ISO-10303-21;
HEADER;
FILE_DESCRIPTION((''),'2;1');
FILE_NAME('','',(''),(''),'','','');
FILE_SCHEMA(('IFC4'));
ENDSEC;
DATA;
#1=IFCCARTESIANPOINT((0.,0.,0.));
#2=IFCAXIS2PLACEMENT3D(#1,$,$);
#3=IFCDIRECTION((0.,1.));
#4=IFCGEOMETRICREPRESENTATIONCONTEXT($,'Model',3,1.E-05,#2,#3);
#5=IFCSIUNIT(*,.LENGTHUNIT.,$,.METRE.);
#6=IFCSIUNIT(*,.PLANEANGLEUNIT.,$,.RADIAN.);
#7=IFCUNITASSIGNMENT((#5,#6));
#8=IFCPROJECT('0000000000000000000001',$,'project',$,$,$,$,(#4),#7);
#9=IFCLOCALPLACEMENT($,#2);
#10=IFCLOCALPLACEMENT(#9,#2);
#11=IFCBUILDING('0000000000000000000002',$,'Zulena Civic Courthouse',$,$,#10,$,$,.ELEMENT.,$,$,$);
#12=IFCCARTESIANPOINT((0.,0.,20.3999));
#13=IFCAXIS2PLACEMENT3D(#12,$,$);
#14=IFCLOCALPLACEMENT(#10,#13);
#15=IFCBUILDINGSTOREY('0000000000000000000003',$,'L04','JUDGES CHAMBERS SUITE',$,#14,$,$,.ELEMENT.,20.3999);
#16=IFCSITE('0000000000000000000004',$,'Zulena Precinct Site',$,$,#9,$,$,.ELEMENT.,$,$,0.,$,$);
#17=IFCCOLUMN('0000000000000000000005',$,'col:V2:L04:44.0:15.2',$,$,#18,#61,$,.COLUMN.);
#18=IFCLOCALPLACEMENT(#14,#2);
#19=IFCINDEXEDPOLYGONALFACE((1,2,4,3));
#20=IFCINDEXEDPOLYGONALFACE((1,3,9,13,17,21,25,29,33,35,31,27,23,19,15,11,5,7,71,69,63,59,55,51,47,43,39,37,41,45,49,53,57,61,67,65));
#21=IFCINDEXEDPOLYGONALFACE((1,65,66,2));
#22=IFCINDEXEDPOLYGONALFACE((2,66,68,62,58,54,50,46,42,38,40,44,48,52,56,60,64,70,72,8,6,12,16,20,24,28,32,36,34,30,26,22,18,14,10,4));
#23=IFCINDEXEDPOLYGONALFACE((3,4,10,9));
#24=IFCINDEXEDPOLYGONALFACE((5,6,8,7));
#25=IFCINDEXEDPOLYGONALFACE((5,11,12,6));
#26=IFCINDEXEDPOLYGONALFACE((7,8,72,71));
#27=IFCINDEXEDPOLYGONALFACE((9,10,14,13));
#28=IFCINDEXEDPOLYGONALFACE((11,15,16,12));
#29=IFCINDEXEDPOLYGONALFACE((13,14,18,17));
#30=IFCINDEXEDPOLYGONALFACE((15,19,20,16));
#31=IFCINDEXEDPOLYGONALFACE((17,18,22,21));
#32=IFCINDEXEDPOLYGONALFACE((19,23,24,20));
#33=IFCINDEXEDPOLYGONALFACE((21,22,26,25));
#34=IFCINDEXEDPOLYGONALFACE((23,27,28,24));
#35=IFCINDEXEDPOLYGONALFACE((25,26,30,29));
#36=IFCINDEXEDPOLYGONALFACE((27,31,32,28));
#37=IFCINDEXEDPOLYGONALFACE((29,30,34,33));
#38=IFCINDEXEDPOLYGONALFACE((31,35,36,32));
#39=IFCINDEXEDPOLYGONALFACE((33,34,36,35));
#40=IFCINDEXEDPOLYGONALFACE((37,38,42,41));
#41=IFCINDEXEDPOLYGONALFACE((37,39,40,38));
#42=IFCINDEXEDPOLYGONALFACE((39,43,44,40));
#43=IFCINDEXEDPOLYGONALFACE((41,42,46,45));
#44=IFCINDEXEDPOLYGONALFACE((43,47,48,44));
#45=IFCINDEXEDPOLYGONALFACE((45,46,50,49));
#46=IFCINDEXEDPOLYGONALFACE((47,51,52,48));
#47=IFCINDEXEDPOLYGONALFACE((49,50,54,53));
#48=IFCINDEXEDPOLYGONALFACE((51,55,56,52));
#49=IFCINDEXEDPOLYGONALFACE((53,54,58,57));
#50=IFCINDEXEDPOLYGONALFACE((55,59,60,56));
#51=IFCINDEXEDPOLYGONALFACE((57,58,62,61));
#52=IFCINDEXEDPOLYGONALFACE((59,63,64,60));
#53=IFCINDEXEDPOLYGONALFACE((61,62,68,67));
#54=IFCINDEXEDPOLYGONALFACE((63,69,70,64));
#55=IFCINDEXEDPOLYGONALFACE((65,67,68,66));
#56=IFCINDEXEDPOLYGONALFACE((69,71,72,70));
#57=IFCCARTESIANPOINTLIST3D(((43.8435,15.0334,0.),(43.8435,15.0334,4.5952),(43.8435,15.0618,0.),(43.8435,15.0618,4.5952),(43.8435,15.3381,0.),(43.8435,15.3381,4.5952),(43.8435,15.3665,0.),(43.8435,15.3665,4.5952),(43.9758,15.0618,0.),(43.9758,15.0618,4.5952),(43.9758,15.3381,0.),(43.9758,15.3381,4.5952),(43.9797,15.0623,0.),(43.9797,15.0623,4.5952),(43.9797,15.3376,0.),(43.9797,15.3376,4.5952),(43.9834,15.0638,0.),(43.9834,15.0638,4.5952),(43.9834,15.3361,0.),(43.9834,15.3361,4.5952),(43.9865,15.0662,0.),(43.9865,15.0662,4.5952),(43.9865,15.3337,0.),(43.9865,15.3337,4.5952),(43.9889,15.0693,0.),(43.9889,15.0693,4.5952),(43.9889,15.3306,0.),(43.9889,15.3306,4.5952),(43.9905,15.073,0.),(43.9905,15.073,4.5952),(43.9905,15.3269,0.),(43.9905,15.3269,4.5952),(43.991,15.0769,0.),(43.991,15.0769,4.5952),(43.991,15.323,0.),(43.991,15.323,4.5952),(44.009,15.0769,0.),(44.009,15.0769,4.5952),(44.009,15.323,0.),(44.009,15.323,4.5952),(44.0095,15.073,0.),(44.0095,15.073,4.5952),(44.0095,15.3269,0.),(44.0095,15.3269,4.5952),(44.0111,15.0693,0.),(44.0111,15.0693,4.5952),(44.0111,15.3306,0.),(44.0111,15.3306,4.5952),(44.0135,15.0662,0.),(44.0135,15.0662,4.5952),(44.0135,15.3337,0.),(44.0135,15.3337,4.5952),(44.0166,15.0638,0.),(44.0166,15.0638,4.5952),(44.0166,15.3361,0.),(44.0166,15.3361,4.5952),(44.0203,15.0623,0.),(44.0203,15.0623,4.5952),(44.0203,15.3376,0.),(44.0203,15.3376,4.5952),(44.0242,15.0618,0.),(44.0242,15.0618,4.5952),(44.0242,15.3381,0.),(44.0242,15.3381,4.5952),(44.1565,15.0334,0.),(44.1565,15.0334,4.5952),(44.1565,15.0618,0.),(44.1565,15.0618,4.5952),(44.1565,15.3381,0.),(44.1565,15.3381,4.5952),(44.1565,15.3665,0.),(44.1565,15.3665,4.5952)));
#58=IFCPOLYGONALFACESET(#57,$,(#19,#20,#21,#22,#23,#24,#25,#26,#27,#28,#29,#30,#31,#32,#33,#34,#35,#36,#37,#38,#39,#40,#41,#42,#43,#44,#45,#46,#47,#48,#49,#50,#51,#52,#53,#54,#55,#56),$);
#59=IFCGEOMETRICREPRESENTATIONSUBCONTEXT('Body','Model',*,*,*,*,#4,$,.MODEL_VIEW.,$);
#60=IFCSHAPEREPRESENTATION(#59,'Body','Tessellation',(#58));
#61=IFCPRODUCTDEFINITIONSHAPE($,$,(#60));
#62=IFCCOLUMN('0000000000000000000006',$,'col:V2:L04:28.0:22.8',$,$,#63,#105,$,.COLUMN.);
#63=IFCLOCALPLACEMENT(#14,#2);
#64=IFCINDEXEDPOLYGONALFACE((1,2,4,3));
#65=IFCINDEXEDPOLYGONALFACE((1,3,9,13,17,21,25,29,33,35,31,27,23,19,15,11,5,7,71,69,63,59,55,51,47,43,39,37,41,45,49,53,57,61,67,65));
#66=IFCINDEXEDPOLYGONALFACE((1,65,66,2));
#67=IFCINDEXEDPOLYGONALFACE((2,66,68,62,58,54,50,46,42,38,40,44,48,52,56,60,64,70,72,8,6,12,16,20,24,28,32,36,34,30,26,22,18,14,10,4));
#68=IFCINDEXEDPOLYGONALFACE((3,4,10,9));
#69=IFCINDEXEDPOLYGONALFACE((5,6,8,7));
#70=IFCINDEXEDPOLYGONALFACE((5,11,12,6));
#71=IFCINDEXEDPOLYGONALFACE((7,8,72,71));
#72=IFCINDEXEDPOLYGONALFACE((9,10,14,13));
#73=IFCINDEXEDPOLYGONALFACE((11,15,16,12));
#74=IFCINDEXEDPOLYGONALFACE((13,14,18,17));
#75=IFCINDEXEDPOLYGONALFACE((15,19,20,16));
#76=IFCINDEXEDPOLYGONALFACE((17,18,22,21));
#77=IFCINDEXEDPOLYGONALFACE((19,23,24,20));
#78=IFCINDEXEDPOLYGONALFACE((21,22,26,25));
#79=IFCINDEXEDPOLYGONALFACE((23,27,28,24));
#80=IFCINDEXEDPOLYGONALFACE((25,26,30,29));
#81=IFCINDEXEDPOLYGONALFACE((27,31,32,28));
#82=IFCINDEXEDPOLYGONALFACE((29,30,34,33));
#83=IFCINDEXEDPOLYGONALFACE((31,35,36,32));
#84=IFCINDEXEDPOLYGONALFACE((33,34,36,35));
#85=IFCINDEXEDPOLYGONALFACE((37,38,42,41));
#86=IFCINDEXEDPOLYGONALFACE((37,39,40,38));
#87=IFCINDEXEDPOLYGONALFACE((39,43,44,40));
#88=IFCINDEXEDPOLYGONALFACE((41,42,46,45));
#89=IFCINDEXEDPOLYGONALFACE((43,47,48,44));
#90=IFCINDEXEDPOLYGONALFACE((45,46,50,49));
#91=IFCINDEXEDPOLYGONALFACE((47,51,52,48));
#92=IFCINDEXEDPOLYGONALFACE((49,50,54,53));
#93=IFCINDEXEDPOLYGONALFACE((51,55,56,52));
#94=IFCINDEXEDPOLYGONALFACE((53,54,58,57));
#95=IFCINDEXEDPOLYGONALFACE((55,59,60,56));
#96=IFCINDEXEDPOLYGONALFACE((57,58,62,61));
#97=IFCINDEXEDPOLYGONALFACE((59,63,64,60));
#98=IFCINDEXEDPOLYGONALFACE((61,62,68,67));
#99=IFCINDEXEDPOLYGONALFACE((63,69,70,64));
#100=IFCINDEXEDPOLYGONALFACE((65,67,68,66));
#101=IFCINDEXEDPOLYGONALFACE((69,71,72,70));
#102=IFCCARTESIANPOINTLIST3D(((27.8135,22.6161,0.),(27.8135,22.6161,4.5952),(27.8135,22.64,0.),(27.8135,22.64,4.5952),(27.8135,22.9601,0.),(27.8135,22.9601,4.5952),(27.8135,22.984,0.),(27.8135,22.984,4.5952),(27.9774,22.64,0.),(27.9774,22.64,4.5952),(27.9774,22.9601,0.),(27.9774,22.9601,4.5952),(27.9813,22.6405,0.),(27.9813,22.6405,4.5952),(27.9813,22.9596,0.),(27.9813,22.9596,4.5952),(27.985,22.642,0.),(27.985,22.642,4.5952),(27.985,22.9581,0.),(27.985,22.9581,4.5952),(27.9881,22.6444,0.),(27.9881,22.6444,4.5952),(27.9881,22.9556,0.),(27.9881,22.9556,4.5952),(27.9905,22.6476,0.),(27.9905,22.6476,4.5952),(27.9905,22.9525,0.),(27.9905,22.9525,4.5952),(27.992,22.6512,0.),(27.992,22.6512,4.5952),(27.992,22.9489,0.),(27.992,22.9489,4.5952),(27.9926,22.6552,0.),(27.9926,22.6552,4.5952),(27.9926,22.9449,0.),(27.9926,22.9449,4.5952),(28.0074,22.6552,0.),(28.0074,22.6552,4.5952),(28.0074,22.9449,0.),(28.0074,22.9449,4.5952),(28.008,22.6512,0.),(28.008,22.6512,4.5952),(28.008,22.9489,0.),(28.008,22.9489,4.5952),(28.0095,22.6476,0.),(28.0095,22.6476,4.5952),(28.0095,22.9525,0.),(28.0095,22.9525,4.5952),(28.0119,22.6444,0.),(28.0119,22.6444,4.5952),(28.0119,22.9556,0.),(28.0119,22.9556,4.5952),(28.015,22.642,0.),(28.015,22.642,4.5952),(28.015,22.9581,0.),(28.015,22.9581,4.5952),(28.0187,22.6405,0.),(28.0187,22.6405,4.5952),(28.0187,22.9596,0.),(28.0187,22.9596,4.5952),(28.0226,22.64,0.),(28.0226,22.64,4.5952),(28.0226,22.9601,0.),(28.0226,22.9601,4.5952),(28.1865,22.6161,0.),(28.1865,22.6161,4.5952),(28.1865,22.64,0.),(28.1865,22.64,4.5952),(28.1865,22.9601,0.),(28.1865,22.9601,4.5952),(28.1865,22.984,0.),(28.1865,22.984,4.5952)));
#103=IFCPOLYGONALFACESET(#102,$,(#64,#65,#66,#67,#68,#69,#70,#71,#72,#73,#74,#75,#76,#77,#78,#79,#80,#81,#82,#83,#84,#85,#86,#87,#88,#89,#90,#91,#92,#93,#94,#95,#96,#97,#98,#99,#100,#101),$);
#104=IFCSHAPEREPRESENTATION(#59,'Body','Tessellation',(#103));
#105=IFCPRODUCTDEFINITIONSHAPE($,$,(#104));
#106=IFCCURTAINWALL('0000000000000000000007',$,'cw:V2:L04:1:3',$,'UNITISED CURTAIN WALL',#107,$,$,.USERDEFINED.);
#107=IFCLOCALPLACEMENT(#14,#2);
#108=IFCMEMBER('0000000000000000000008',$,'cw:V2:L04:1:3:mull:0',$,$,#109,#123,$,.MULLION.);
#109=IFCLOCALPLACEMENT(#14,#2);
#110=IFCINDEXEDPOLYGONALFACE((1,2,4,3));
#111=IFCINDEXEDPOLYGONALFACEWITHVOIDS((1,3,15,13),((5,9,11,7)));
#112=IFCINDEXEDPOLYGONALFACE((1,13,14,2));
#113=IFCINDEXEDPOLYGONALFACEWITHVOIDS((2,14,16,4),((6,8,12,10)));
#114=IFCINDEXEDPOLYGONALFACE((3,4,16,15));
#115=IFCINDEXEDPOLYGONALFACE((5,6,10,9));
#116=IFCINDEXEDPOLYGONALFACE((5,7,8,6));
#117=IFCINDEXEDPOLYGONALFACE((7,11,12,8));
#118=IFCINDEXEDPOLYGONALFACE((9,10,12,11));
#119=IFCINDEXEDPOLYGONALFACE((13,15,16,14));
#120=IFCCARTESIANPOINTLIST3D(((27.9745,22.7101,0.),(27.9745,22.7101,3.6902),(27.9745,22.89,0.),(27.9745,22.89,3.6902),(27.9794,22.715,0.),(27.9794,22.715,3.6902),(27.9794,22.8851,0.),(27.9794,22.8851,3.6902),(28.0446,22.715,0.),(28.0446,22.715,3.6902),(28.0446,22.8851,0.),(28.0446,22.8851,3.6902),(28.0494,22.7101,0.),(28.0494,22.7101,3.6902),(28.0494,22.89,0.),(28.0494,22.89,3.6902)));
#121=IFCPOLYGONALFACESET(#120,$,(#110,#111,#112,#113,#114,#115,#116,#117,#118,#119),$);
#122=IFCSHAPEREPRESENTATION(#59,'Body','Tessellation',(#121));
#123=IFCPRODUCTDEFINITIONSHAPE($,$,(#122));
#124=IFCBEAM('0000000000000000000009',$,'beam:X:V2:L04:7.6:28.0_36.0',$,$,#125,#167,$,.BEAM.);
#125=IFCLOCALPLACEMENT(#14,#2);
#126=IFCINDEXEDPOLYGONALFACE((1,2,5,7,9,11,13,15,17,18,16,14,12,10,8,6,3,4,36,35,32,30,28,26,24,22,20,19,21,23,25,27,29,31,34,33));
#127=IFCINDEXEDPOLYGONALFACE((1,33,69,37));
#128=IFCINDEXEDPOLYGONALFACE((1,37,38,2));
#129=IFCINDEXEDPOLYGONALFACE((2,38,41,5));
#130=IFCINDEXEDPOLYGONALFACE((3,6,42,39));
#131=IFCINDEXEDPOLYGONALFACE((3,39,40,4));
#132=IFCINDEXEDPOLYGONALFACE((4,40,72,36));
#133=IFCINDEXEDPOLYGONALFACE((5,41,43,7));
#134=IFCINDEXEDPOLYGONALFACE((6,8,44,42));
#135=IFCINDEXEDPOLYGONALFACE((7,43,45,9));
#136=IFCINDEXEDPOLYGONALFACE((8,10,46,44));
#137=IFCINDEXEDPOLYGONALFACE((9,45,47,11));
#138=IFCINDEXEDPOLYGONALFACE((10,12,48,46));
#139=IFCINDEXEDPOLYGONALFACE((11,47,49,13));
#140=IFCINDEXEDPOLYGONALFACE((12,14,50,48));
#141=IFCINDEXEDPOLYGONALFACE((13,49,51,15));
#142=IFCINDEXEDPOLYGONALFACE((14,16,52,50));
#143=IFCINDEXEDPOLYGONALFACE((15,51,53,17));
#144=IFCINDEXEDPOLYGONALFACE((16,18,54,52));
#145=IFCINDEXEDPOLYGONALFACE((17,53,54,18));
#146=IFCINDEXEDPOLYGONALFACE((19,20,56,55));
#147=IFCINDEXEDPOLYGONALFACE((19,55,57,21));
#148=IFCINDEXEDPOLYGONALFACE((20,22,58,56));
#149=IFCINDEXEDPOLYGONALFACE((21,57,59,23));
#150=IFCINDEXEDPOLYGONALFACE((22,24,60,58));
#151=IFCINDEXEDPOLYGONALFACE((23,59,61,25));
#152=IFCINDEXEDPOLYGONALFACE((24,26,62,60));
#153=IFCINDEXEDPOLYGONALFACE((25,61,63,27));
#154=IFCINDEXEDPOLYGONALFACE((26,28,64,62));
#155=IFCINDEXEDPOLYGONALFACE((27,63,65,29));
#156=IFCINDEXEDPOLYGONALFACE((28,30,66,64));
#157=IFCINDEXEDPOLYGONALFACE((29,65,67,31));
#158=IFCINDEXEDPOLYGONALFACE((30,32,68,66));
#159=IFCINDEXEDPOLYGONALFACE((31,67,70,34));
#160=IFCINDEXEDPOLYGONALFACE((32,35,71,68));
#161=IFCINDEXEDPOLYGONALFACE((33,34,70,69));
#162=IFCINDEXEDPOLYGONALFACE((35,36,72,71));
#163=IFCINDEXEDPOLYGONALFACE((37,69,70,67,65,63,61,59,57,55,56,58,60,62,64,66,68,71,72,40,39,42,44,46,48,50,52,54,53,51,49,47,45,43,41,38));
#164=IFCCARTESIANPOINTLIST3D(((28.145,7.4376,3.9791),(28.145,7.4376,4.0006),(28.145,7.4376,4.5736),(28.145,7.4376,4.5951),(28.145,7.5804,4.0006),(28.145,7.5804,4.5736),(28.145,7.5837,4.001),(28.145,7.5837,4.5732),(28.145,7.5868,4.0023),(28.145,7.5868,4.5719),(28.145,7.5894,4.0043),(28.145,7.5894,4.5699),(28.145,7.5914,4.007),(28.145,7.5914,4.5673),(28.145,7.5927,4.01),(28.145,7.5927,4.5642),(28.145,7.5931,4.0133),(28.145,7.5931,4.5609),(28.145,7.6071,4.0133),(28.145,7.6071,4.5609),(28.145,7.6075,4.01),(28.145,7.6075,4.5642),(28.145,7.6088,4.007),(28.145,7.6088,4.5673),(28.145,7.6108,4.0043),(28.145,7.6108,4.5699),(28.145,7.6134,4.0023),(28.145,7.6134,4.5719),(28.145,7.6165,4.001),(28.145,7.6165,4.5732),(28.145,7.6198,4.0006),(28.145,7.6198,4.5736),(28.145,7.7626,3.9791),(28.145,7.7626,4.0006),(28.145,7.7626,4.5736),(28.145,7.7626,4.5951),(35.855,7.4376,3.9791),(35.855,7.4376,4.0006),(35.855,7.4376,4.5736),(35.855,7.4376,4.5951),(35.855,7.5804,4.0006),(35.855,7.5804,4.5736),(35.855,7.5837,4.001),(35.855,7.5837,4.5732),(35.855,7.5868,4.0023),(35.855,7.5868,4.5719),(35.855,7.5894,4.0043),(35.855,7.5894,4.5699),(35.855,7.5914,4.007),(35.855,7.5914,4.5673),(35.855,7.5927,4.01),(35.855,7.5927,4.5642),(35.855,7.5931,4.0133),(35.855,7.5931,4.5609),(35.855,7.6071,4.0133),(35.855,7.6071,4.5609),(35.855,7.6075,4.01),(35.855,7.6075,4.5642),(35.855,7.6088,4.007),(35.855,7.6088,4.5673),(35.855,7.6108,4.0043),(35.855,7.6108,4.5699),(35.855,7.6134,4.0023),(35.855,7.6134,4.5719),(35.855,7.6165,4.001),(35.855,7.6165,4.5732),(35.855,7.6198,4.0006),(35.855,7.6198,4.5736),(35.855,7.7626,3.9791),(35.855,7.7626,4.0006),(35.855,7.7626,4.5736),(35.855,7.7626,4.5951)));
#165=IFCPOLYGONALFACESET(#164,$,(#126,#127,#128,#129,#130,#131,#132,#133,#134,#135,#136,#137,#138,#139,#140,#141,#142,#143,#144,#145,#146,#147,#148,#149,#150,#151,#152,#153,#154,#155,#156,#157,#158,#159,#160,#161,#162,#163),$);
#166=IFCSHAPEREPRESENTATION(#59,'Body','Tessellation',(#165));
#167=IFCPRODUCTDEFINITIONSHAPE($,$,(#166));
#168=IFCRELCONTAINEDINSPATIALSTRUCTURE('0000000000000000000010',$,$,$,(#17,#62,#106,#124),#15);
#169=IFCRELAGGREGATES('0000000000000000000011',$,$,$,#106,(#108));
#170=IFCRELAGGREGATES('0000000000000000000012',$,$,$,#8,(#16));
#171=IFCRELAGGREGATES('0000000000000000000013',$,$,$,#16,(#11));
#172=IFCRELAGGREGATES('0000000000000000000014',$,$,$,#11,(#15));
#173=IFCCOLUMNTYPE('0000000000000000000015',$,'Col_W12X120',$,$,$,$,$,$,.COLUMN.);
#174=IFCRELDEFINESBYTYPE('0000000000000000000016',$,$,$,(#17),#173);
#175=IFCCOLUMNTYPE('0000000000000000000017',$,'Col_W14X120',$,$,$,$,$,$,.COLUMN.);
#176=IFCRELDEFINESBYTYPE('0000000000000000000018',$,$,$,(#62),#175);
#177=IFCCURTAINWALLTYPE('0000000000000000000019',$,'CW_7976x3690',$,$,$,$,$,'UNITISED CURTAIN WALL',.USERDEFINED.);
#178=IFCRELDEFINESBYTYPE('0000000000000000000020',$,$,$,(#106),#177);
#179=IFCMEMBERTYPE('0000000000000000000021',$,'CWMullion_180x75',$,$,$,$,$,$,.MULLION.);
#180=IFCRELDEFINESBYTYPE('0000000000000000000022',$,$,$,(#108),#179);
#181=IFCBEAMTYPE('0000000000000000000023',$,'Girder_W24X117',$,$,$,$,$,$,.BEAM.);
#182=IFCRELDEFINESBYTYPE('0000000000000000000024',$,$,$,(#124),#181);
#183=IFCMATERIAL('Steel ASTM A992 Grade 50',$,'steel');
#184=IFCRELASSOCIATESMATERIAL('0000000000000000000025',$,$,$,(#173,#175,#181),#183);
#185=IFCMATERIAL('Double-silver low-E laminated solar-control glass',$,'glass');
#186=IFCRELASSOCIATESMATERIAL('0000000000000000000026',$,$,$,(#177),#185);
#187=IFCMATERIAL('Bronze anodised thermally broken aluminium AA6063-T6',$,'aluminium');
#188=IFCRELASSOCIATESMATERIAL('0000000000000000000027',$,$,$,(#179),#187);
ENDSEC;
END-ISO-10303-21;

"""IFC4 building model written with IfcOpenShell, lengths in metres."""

from ifc_helpers import new_model, si_unit, direction, frame, origin, origin_2d, place, context, subcontext, project, spatial, hollow_rectangle, i_section, extrude, material, material_profile, profile_set, type_object, element, aggregate, save


model = new_model("IFC4")

# Units and contexts
model_context = context("Model", 3, precision=1e-05, world=origin(), true_north=direction((0.0, 1.0)))
body_context = subcontext(model_context, "Body", "Model", "MODEL_VIEW")
ifc_project = project(units=[si_unit("LENGTHUNIT", "METRE"), si_unit("PLANEANGLEUNIT", "RADIAN")], contexts=[model_context])

# Site, building, storey
site_placement = place(None, origin())
site = spatial("IfcSite", under=ifc_project, at=site_placement, Name="Zulena Precinct Site", CompositionType="ELEMENT", RefElevation=0.0)
building_placement = place(site_placement, origin())
building = spatial("IfcBuilding", under=site, at=building_placement, Name="Zulena Civic Courthouse", CompositionType="ELEMENT")
storey_placement = place(building_placement, frame((0.0, 0.0, 20.3999)))
storey = spatial("IfcBuildingStorey", under=building, at=storey_placement, Name="L04", Description="JUDGES CHAMBERS SUITE", CompositionType="ELEMENT", Elevation=20.3999)

# Columns
ifc_material_1 = material(Name="Steel ASTM A992 Grade 50", Category="steel")
ifc_material_profile_1 = material_profile(ifc_material_1, i_section(OverallWidth=0.313, OverallDepth=0.333, WebThickness=0.0181, FlangeThickness=0.0283, FilletRadius=0.0151, at=origin_2d()), Name="W12X120")
ifc_profile_set_1 = profile_set([ifc_material_profile_1], Name="Steel ASTM A992 Grade 50")
column_type_1 = type_object("IfcColumnType", Name="Col_W12X120", PredefinedType="COLUMN", material=ifc_profile_set_1)
for number, where, z_axis, x_axis, name in (
    (1, (44.0, 15.2, 0.0), (0.0, 0.0, 1.0), (1.0, 0.0, 0.0), "col:V2:L04:44.0:15.2"),
):
    element("IfcColumn", number, at=place(storey_placement, frame(where, z_axis=z_axis, x_axis=x_axis)), inside=storey, type_object=column_type_1, Name=name, PredefinedType="COLUMN", context=body_context, shape_type="SweptSolid", body=[
        extrude(i_section(OverallWidth=0.313, OverallDepth=0.333, WebThickness=0.0181, FlangeThickness=0.0283, FilletRadius=0.0151, at=origin_2d()), origin(), (0.0, 0.0, 1.0), 4.5952),
    ])
ifc_material_profile_2 = material_profile(ifc_material_1, i_section(OverallWidth=0.373, OverallDepth=0.3679, WebThickness=0.0149, FlangeThickness=0.0239, FilletRadius=0.0151, at=origin_2d()), Name="W14X120")
ifc_profile_set_2 = profile_set([ifc_material_profile_2], Name="Steel ASTM A992 Grade 50")
column_type_2 = type_object("IfcColumnType", Name="Col_W14X120", PredefinedType="COLUMN", material=ifc_profile_set_2)
column_placement = place(storey_placement, frame((28.0, 22.8, 0.0), z_axis=(0.0, 0.0, 1.0), x_axis=(1.0, 0.0, 0.0)))
element("IfcColumn", 2, at=column_placement, inside=storey, type_object=column_type_2, Name="col:V2:L04:28.0:22.8", PredefinedType="COLUMN", context=body_context, shape_type="SweptSolid", body=[
    extrude(i_section(OverallWidth=0.373, OverallDepth=0.3679, WebThickness=0.0149, FlangeThickness=0.0239, FilletRadius=0.0151, at=origin_2d()), origin(), (0.0, 0.0, 1.0), 4.5952),
])

# Curtain wall, member
ifc_material_2 = material(Name="Double-silver low-E laminated solar-control glass", Category="glass")
curtain_wall_type = type_object("IfcCurtainWallType", Name="CW_7976x3690", ElementType="UNITISED CURTAIN WALL", PredefinedType="USERDEFINED", material=ifc_material_2)
curtain_wall_placement = place(storey_placement, origin())
curtain_wall = element("IfcCurtainWall", 3, at=curtain_wall_placement, inside=storey, type_object=curtain_wall_type, Name="cw:V2:L04:1:3", ObjectType="UNITISED CURTAIN WALL", PredefinedType="USERDEFINED")
ifc_material_3 = material(Name="Bronze anodised thermally broken aluminium AA6063-T6", Category="aluminium")
ifc_material_profile_3 = material_profile(ifc_material_3, hollow_rectangle(XDim=0.075, YDim=0.1799, WallThickness=0.0049, at=origin_2d()), Name="CWM180X75X5")
ifc_profile_set_3 = profile_set([ifc_material_profile_3], Name="Bronze anodised thermally broken aluminium AA6063-T6")
member_type = type_object("IfcMemberType", Name="CWMullion_180x75", PredefinedType="MULLION", material=ifc_profile_set_3)
member_placement = place(storey_placement, frame((28.012, 22.8, 0.0), z_axis=(0.0, 0.0, 1.0), x_axis=(1.0, 0.0, 0.0)))
member = element("IfcMember", 4, at=member_placement, type_object=member_type, Name="cw:V2:L04:1:3:mull:0", PredefinedType="MULLION", context=body_context, shape_type="SweptSolid", body=[
    extrude(hollow_rectangle(XDim=0.075, YDim=0.1799, WallThickness=0.0049, at=origin_2d()), origin(), (0.0, 0.0, 1.0), 3.6902),
])
aggregate(curtain_wall, [member])

# Beam
ifc_material_profile_4 = material_profile(ifc_material_1, i_section(OverallWidth=0.325, OverallDepth=0.616, WebThickness=0.0139, FlangeThickness=0.0215, FilletRadius=0.0127, at=origin_2d()), Name="W24X117")
ifc_profile_set_4 = profile_set([ifc_material_profile_4], Name="Steel ASTM A992 Grade 50")
beam_type_1 = type_object("IfcBeamType", Name="Girder_W24X117", PredefinedType="BEAM", material=ifc_profile_set_4)
for number, where, z_axis, x_axis, name in (
    (5, (28.145, 7.6001, 4.2871), (1.0, 0.0, 0.0), (0.0, 1.0, 0.0), "beam:X:V2:L04:7.6:28.0_36.0"),
):
    element("IfcBeam", number, at=place(storey_placement, frame(where, z_axis=z_axis, x_axis=x_axis)), inside=storey, type_object=beam_type_1, Name=name, PredefinedType="BEAM", context=body_context, shape_type="SweptSolid", body=[
        extrude(i_section(OverallWidth=0.325, OverallDepth=0.616, WebThickness=0.0139, FlangeThickness=0.0215, FilletRadius=0.0127, at=origin_2d()), origin(), (0.0, 0.0, 1.0), 7.71),
    ])

save(model, "model.ifc")
